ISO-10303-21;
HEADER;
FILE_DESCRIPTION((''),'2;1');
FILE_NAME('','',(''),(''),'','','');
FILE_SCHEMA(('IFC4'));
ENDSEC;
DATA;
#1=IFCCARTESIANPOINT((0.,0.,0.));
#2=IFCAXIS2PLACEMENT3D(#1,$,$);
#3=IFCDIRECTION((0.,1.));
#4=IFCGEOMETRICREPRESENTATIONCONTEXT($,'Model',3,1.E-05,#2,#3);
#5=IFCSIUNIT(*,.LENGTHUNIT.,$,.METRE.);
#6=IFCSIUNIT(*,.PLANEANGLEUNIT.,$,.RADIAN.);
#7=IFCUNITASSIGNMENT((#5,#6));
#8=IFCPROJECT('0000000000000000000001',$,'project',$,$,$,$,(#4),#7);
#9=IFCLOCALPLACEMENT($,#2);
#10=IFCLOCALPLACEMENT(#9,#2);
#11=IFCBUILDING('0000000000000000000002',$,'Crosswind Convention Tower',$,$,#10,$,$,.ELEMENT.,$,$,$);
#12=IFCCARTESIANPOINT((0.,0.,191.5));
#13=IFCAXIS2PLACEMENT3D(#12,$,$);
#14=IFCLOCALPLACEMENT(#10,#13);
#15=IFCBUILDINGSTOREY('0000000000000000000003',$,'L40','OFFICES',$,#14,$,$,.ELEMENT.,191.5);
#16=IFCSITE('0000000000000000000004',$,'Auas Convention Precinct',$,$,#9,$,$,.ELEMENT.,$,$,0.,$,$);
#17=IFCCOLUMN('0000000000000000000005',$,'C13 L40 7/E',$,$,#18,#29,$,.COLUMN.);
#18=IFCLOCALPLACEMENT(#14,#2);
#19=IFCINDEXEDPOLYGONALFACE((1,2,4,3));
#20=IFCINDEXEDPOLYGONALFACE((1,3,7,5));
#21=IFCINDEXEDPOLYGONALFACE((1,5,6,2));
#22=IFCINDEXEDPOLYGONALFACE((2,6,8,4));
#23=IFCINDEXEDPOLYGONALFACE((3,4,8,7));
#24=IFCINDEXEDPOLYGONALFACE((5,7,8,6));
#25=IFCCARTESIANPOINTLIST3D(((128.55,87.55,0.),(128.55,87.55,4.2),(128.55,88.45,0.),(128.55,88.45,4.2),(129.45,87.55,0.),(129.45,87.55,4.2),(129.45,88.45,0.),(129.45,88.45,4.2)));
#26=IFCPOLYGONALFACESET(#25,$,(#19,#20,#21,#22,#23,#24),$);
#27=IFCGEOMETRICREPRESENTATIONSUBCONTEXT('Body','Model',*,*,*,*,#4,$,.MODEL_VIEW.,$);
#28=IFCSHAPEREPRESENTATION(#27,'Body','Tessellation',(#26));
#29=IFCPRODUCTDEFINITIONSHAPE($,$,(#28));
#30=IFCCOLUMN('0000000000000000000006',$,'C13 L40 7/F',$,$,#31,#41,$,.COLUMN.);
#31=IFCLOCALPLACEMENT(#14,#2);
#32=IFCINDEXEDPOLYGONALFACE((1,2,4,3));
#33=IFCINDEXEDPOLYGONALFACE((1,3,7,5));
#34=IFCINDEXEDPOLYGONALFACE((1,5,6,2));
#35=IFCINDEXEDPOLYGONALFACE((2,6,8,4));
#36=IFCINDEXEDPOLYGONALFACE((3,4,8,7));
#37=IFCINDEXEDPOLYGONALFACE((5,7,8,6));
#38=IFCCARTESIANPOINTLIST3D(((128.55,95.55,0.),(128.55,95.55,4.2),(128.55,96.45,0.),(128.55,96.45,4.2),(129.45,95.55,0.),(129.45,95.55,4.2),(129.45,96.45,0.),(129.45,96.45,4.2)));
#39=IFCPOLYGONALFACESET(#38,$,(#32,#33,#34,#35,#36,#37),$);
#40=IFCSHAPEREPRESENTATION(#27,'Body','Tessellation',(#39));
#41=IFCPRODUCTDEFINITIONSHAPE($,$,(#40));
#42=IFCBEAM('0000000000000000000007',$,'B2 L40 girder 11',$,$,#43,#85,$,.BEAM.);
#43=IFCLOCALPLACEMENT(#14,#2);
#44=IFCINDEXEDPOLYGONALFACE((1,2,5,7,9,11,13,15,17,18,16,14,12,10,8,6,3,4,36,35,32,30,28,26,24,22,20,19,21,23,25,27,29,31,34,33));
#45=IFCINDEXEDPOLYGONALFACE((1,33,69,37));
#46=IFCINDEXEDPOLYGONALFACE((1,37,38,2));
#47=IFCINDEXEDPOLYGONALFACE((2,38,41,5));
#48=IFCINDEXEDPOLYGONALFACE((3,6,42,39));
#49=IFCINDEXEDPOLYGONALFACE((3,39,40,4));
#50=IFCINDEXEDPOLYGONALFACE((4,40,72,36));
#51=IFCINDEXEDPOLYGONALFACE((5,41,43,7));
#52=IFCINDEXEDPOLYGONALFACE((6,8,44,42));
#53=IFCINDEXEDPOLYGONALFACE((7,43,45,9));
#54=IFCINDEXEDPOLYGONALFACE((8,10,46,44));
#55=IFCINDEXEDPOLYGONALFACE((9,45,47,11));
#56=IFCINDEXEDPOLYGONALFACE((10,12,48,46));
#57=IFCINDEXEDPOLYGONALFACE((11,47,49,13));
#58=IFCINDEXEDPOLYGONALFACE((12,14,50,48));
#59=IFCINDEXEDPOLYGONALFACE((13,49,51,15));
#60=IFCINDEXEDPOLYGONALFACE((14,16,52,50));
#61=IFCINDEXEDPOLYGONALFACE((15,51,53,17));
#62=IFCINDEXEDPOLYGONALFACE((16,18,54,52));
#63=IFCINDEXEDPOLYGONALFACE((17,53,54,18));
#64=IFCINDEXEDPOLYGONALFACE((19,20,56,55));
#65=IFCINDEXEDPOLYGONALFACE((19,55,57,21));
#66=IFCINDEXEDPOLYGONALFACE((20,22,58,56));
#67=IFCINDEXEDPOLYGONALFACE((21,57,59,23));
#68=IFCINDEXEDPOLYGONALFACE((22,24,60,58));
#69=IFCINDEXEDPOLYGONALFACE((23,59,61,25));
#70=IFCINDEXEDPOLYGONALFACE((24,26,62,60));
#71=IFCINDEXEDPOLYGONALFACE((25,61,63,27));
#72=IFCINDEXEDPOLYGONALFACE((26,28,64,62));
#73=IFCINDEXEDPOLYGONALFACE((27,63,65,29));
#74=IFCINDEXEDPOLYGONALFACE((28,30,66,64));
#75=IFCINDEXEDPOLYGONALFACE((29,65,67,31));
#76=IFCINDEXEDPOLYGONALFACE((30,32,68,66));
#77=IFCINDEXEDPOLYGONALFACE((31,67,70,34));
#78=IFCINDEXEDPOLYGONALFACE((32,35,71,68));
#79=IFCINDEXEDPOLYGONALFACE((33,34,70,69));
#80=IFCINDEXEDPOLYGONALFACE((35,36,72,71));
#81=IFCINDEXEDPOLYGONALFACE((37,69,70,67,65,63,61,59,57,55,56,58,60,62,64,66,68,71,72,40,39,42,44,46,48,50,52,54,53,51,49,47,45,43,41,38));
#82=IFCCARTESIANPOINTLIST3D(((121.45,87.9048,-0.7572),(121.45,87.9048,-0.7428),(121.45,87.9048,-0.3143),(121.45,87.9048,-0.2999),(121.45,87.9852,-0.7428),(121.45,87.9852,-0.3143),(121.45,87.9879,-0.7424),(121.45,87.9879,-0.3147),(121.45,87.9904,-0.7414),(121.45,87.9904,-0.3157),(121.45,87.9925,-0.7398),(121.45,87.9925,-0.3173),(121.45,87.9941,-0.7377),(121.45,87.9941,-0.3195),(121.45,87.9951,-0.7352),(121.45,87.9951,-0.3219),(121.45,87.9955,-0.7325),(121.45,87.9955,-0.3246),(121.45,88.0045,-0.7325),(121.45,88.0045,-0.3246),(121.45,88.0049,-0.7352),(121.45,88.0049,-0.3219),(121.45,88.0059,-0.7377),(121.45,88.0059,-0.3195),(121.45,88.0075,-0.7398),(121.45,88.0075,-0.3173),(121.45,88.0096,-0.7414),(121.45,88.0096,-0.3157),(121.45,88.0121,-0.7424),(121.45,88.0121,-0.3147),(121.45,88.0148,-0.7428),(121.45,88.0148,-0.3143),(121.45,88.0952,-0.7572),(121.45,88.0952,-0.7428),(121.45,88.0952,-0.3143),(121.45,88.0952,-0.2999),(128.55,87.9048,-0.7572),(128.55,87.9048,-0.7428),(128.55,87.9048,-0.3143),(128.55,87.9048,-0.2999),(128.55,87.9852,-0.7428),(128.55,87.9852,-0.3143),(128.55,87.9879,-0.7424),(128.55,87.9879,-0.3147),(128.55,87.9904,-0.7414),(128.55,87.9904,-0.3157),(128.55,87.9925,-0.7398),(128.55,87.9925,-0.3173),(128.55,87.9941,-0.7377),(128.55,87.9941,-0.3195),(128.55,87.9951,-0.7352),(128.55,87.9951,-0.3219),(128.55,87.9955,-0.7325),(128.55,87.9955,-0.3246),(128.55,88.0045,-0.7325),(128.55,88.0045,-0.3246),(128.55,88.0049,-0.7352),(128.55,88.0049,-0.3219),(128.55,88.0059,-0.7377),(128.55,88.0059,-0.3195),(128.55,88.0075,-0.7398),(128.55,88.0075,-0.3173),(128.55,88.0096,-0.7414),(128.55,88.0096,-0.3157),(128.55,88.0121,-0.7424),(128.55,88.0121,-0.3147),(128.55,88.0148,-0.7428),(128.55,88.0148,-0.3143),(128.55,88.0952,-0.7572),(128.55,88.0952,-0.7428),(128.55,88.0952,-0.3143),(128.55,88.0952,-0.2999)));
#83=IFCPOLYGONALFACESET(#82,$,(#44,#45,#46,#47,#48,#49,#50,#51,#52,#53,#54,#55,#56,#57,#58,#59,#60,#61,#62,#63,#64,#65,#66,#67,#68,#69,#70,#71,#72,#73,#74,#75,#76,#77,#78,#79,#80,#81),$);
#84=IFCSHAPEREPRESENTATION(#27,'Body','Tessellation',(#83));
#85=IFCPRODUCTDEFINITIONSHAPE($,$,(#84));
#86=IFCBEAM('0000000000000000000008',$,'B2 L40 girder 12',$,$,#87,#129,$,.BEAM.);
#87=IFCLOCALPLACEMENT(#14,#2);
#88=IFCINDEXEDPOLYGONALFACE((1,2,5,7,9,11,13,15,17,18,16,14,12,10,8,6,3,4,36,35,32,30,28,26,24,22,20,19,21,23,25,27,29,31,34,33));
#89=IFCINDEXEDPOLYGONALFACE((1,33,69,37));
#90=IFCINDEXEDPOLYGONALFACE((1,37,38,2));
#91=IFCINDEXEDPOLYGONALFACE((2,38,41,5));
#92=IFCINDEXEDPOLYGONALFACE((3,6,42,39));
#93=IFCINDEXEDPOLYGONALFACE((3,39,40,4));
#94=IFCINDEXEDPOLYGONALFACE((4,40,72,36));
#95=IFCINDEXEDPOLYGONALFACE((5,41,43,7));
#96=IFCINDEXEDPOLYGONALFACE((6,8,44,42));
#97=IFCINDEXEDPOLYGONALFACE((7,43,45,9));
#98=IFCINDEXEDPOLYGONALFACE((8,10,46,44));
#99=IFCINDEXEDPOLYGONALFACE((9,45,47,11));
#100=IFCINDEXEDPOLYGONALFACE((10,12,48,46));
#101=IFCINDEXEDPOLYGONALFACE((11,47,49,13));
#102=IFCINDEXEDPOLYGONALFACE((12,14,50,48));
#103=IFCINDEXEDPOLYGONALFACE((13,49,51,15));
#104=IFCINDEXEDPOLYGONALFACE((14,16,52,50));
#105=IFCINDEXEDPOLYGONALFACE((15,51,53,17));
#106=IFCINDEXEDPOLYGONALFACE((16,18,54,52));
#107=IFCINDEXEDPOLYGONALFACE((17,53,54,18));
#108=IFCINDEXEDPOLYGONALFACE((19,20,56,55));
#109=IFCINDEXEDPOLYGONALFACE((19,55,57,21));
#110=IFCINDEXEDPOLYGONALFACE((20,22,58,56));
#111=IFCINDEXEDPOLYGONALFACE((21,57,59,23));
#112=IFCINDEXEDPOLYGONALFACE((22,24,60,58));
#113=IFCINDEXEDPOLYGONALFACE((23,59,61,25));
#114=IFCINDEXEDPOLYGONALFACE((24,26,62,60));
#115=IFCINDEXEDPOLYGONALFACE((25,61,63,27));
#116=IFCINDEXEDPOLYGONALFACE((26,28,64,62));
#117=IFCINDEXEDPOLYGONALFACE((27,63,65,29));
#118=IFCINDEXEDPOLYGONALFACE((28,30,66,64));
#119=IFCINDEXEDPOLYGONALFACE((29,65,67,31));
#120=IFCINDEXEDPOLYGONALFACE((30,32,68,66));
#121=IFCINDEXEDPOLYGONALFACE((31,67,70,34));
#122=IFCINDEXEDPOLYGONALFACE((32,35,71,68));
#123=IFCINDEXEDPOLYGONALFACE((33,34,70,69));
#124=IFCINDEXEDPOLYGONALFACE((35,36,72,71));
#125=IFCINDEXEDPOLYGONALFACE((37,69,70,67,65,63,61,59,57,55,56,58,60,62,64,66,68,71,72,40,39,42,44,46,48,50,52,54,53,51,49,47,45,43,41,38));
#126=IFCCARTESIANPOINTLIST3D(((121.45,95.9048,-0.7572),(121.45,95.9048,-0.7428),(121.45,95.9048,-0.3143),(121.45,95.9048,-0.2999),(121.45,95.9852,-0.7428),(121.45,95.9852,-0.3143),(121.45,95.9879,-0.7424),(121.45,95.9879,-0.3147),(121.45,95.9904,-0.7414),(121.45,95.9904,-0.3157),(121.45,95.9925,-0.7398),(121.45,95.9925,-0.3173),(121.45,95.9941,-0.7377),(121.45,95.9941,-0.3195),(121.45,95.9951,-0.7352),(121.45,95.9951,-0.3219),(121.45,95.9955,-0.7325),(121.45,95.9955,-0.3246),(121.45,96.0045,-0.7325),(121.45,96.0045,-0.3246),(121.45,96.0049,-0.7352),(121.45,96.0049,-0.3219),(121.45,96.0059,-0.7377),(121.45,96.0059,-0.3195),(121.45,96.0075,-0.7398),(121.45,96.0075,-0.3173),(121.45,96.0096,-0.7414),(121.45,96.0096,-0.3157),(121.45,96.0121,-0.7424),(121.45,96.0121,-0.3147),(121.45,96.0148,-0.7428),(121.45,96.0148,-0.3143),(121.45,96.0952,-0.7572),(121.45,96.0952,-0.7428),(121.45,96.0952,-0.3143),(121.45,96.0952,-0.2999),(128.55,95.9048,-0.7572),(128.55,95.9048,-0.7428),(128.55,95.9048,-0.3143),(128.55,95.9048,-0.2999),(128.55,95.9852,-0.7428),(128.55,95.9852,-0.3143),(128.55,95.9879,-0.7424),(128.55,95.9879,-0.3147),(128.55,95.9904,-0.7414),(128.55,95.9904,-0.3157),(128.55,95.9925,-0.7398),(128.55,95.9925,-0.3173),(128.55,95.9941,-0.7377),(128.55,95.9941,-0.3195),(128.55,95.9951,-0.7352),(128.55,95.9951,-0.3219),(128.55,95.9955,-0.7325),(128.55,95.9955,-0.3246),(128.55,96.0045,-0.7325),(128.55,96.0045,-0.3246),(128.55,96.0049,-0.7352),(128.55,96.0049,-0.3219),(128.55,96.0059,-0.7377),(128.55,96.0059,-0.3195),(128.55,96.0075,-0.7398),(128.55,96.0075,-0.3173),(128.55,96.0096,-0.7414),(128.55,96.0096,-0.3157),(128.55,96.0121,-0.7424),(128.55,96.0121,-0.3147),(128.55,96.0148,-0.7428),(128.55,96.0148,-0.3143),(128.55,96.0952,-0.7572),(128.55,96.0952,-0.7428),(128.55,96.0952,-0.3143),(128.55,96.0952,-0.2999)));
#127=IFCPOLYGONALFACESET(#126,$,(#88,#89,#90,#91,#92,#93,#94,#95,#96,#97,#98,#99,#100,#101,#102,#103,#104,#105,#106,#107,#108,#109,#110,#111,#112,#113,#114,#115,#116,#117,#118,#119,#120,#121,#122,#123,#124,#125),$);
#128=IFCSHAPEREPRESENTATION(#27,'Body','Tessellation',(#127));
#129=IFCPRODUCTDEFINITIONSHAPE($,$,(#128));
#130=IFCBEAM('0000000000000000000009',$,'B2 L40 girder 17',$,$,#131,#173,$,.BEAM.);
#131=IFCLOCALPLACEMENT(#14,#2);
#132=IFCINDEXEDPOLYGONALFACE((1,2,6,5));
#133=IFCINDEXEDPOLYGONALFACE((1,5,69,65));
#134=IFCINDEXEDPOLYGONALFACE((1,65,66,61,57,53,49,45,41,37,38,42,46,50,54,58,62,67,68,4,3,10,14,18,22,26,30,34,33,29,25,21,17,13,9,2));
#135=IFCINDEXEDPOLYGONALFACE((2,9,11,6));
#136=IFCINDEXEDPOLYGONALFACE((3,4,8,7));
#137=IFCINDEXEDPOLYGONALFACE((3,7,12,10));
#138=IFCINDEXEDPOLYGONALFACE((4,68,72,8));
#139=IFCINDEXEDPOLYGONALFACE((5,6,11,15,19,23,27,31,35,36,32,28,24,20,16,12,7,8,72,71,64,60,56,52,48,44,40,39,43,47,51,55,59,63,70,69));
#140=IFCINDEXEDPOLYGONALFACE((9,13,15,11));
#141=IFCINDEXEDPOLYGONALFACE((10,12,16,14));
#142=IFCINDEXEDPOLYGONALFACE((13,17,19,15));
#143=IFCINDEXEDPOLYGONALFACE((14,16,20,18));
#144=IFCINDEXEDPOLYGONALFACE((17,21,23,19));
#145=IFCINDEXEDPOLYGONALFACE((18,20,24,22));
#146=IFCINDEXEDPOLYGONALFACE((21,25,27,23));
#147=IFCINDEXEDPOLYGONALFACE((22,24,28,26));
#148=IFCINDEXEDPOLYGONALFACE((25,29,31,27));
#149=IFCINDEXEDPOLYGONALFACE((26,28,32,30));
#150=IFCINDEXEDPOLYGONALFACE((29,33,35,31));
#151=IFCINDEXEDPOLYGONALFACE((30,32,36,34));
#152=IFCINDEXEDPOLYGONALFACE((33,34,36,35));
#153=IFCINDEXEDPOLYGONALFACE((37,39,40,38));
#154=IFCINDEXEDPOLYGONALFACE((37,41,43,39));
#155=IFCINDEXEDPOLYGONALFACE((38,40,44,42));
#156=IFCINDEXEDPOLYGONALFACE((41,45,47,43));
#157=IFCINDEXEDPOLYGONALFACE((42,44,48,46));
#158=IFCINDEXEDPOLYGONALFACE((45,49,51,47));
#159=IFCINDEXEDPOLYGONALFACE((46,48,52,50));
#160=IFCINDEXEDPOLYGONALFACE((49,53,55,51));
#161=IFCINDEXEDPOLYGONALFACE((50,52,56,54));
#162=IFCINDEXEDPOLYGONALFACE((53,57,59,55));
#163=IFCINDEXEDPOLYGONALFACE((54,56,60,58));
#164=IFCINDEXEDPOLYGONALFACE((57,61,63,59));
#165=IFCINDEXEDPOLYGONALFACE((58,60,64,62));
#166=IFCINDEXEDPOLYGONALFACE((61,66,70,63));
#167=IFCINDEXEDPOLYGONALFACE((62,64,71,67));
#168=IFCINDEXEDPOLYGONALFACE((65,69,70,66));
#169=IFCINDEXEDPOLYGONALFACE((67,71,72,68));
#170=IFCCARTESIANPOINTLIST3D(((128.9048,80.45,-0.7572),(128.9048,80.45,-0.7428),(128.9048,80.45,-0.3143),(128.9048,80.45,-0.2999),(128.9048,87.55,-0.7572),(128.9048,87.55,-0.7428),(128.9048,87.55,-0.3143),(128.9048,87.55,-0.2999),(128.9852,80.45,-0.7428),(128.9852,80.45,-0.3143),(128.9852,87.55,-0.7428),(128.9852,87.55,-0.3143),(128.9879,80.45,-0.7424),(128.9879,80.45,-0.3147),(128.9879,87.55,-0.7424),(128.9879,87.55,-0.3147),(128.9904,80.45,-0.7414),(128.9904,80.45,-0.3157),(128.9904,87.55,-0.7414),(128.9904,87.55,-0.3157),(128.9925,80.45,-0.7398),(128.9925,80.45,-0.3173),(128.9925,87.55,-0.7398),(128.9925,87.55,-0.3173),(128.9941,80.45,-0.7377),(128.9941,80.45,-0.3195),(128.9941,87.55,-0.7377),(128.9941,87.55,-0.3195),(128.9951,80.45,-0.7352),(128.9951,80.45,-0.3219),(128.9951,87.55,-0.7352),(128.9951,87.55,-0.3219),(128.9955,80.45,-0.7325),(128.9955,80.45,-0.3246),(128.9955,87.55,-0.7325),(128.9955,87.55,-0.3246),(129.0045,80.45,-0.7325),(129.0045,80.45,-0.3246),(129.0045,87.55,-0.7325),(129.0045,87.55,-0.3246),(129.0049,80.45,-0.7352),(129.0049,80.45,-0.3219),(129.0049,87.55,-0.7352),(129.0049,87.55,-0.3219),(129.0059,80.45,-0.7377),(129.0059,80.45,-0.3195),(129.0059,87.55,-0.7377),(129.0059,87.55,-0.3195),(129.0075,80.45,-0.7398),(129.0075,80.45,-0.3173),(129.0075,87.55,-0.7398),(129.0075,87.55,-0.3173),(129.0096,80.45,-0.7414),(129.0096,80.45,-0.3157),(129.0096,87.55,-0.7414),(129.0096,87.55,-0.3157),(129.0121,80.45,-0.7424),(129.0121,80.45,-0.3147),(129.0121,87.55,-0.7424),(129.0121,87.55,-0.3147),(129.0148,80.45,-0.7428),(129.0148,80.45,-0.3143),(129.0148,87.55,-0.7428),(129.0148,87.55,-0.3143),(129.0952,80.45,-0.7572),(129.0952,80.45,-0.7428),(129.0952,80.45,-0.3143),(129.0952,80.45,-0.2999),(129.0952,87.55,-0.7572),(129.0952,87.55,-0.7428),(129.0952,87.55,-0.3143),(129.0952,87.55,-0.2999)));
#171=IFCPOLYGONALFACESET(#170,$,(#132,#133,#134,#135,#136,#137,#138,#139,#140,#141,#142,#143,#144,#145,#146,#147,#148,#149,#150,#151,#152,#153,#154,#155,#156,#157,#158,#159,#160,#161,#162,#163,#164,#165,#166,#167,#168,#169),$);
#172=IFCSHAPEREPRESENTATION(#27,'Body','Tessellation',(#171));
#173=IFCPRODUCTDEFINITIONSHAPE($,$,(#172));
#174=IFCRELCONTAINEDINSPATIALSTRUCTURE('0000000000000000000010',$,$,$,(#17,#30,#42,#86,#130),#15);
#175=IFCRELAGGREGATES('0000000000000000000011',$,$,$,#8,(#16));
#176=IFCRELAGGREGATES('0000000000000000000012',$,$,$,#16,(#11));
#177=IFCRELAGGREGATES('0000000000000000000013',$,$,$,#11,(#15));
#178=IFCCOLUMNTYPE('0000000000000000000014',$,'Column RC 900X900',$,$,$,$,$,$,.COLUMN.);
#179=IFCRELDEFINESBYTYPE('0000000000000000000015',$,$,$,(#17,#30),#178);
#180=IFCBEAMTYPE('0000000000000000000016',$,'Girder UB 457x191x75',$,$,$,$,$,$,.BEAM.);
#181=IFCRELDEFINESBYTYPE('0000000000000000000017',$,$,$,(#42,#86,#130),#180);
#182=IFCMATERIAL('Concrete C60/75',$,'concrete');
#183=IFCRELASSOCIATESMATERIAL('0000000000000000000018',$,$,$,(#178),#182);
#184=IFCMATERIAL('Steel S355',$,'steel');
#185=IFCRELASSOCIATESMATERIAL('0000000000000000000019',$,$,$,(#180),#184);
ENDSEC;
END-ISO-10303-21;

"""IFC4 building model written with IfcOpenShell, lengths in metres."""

from ifc_helpers import new_model, si_unit, direction, frame, origin, origin_2d, place, context, subcontext, project, spatial, rectangle, i_section, extrude, material, material_profile, profile_set, type_object, element, save


model = new_model("IFC4")

# Units and contexts
model_context = context("Model", 3, precision=1e-05, world=origin(), true_north=direction((0.0, 1.0)))
body_context = subcontext(model_context, "Body", "Model", "MODEL_VIEW")
ifc_project = project(units=[si_unit("LENGTHUNIT", "METRE"), si_unit("PLANEANGLEUNIT", "RADIAN")], contexts=[model_context])

# Site, building, storey
site_placement = place(None, origin())
site = spatial("IfcSite", under=ifc_project, at=site_placement, Name="Auas Convention Precinct", CompositionType="ELEMENT", RefElevation=0.0)
building_placement = place(site_placement, origin())
building = spatial("IfcBuilding", under=site, at=building_placement, Name="Crosswind Convention Tower", CompositionType="ELEMENT")
storey_placement = place(building_placement, frame((0.0, 0.0, 191.5)))
storey = spatial("IfcBuildingStorey", under=building, at=storey_placement, Name="L40", Description="OFFICES", CompositionType="ELEMENT", Elevation=191.5)

# Columns
ifc_material_1 = material(Name="Concrete C60/75", Category="concrete")
ifc_material_profile_1 = material_profile(ifc_material_1, rectangle(XDim=0.8999, YDim=0.8999, at=origin_2d()), Name="RC 900X900")
ifc_profile_set_1 = profile_set([ifc_material_profile_1], Name="Concrete C60/75")
column_type = type_object("IfcColumnType", Name="Column RC 900X900", PredefinedType="COLUMN", material=ifc_profile_set_1)
for number, where, z_axis, x_axis, name in (
    (1, (129.0, 88.0, 0.0), (0.0, 0.0, 1.0), (1.0, 0.0, 0.0), "C13 L40 7/E"),
    (2, (129.0, 96.0, 0.0), (0.0, 0.0, 1.0), (1.0, 0.0, 0.0), "C13 L40 7/F"),
):
    element("IfcColumn", number, at=place(storey_placement, frame(where, z_axis=z_axis, x_axis=x_axis)), inside=storey, type_object=column_type, Name=name, PredefinedType="COLUMN", context=body_context, shape_type="SweptSolid", body=[
        extrude(rectangle(XDim=0.8999, YDim=0.8999, at=origin_2d()), origin(), (0.0, 0.0, 1.0), 4.2),
    ])

# Beams
ifc_material_2 = material(Name="Steel S355", Category="steel")
ifc_material_profile_2 = material_profile(ifc_material_2, i_section(OverallWidth=0.1904, OverallDepth=0.4573, WebThickness=0.009, FlangeThickness=0.0144, FilletRadius=0.0103, at=origin_2d()), Name="UB 457x191x75")
ifc_profile_set_2 = profile_set([ifc_material_profile_2], Name="Steel S355")
beam_type_1 = type_object("IfcBeamType", Name="Girder UB 457x191x75", PredefinedType="BEAM", material=ifc_profile_set_2)
for number, where, z_axis, x_axis, name in (
    (3, (121.45, 88.0, -0.5286), (1.0, 0.0, 0.0), (0.0, 1.0, 0.0), "B2 L40 girder 11"),
    (4, (121.45, 96.0, -0.5286), (1.0, 0.0, 0.0), (0.0, 1.0, 0.0), "B2 L40 girder 12"),
    (5, (129.0, 80.45, -0.5286), (0.0, 1.0, 0.0), (-1.0, 0.0, 0.0), "B2 L40 girder 17"),
):
    element("IfcBeam", number, at=place(storey_placement, frame(where, z_axis=z_axis, x_axis=x_axis)), inside=storey, type_object=beam_type_1, Name=name, PredefinedType="BEAM", context=body_context, shape_type="SweptSolid", body=[
        extrude(i_section(OverallWidth=0.1904, OverallDepth=0.4573, WebThickness=0.009, FlangeThickness=0.0144, FilletRadius=0.0103, at=origin_2d()), origin(), (0.0, 0.0, 1.0), 7.1001),
    ])

save(model, "model.ifc")
